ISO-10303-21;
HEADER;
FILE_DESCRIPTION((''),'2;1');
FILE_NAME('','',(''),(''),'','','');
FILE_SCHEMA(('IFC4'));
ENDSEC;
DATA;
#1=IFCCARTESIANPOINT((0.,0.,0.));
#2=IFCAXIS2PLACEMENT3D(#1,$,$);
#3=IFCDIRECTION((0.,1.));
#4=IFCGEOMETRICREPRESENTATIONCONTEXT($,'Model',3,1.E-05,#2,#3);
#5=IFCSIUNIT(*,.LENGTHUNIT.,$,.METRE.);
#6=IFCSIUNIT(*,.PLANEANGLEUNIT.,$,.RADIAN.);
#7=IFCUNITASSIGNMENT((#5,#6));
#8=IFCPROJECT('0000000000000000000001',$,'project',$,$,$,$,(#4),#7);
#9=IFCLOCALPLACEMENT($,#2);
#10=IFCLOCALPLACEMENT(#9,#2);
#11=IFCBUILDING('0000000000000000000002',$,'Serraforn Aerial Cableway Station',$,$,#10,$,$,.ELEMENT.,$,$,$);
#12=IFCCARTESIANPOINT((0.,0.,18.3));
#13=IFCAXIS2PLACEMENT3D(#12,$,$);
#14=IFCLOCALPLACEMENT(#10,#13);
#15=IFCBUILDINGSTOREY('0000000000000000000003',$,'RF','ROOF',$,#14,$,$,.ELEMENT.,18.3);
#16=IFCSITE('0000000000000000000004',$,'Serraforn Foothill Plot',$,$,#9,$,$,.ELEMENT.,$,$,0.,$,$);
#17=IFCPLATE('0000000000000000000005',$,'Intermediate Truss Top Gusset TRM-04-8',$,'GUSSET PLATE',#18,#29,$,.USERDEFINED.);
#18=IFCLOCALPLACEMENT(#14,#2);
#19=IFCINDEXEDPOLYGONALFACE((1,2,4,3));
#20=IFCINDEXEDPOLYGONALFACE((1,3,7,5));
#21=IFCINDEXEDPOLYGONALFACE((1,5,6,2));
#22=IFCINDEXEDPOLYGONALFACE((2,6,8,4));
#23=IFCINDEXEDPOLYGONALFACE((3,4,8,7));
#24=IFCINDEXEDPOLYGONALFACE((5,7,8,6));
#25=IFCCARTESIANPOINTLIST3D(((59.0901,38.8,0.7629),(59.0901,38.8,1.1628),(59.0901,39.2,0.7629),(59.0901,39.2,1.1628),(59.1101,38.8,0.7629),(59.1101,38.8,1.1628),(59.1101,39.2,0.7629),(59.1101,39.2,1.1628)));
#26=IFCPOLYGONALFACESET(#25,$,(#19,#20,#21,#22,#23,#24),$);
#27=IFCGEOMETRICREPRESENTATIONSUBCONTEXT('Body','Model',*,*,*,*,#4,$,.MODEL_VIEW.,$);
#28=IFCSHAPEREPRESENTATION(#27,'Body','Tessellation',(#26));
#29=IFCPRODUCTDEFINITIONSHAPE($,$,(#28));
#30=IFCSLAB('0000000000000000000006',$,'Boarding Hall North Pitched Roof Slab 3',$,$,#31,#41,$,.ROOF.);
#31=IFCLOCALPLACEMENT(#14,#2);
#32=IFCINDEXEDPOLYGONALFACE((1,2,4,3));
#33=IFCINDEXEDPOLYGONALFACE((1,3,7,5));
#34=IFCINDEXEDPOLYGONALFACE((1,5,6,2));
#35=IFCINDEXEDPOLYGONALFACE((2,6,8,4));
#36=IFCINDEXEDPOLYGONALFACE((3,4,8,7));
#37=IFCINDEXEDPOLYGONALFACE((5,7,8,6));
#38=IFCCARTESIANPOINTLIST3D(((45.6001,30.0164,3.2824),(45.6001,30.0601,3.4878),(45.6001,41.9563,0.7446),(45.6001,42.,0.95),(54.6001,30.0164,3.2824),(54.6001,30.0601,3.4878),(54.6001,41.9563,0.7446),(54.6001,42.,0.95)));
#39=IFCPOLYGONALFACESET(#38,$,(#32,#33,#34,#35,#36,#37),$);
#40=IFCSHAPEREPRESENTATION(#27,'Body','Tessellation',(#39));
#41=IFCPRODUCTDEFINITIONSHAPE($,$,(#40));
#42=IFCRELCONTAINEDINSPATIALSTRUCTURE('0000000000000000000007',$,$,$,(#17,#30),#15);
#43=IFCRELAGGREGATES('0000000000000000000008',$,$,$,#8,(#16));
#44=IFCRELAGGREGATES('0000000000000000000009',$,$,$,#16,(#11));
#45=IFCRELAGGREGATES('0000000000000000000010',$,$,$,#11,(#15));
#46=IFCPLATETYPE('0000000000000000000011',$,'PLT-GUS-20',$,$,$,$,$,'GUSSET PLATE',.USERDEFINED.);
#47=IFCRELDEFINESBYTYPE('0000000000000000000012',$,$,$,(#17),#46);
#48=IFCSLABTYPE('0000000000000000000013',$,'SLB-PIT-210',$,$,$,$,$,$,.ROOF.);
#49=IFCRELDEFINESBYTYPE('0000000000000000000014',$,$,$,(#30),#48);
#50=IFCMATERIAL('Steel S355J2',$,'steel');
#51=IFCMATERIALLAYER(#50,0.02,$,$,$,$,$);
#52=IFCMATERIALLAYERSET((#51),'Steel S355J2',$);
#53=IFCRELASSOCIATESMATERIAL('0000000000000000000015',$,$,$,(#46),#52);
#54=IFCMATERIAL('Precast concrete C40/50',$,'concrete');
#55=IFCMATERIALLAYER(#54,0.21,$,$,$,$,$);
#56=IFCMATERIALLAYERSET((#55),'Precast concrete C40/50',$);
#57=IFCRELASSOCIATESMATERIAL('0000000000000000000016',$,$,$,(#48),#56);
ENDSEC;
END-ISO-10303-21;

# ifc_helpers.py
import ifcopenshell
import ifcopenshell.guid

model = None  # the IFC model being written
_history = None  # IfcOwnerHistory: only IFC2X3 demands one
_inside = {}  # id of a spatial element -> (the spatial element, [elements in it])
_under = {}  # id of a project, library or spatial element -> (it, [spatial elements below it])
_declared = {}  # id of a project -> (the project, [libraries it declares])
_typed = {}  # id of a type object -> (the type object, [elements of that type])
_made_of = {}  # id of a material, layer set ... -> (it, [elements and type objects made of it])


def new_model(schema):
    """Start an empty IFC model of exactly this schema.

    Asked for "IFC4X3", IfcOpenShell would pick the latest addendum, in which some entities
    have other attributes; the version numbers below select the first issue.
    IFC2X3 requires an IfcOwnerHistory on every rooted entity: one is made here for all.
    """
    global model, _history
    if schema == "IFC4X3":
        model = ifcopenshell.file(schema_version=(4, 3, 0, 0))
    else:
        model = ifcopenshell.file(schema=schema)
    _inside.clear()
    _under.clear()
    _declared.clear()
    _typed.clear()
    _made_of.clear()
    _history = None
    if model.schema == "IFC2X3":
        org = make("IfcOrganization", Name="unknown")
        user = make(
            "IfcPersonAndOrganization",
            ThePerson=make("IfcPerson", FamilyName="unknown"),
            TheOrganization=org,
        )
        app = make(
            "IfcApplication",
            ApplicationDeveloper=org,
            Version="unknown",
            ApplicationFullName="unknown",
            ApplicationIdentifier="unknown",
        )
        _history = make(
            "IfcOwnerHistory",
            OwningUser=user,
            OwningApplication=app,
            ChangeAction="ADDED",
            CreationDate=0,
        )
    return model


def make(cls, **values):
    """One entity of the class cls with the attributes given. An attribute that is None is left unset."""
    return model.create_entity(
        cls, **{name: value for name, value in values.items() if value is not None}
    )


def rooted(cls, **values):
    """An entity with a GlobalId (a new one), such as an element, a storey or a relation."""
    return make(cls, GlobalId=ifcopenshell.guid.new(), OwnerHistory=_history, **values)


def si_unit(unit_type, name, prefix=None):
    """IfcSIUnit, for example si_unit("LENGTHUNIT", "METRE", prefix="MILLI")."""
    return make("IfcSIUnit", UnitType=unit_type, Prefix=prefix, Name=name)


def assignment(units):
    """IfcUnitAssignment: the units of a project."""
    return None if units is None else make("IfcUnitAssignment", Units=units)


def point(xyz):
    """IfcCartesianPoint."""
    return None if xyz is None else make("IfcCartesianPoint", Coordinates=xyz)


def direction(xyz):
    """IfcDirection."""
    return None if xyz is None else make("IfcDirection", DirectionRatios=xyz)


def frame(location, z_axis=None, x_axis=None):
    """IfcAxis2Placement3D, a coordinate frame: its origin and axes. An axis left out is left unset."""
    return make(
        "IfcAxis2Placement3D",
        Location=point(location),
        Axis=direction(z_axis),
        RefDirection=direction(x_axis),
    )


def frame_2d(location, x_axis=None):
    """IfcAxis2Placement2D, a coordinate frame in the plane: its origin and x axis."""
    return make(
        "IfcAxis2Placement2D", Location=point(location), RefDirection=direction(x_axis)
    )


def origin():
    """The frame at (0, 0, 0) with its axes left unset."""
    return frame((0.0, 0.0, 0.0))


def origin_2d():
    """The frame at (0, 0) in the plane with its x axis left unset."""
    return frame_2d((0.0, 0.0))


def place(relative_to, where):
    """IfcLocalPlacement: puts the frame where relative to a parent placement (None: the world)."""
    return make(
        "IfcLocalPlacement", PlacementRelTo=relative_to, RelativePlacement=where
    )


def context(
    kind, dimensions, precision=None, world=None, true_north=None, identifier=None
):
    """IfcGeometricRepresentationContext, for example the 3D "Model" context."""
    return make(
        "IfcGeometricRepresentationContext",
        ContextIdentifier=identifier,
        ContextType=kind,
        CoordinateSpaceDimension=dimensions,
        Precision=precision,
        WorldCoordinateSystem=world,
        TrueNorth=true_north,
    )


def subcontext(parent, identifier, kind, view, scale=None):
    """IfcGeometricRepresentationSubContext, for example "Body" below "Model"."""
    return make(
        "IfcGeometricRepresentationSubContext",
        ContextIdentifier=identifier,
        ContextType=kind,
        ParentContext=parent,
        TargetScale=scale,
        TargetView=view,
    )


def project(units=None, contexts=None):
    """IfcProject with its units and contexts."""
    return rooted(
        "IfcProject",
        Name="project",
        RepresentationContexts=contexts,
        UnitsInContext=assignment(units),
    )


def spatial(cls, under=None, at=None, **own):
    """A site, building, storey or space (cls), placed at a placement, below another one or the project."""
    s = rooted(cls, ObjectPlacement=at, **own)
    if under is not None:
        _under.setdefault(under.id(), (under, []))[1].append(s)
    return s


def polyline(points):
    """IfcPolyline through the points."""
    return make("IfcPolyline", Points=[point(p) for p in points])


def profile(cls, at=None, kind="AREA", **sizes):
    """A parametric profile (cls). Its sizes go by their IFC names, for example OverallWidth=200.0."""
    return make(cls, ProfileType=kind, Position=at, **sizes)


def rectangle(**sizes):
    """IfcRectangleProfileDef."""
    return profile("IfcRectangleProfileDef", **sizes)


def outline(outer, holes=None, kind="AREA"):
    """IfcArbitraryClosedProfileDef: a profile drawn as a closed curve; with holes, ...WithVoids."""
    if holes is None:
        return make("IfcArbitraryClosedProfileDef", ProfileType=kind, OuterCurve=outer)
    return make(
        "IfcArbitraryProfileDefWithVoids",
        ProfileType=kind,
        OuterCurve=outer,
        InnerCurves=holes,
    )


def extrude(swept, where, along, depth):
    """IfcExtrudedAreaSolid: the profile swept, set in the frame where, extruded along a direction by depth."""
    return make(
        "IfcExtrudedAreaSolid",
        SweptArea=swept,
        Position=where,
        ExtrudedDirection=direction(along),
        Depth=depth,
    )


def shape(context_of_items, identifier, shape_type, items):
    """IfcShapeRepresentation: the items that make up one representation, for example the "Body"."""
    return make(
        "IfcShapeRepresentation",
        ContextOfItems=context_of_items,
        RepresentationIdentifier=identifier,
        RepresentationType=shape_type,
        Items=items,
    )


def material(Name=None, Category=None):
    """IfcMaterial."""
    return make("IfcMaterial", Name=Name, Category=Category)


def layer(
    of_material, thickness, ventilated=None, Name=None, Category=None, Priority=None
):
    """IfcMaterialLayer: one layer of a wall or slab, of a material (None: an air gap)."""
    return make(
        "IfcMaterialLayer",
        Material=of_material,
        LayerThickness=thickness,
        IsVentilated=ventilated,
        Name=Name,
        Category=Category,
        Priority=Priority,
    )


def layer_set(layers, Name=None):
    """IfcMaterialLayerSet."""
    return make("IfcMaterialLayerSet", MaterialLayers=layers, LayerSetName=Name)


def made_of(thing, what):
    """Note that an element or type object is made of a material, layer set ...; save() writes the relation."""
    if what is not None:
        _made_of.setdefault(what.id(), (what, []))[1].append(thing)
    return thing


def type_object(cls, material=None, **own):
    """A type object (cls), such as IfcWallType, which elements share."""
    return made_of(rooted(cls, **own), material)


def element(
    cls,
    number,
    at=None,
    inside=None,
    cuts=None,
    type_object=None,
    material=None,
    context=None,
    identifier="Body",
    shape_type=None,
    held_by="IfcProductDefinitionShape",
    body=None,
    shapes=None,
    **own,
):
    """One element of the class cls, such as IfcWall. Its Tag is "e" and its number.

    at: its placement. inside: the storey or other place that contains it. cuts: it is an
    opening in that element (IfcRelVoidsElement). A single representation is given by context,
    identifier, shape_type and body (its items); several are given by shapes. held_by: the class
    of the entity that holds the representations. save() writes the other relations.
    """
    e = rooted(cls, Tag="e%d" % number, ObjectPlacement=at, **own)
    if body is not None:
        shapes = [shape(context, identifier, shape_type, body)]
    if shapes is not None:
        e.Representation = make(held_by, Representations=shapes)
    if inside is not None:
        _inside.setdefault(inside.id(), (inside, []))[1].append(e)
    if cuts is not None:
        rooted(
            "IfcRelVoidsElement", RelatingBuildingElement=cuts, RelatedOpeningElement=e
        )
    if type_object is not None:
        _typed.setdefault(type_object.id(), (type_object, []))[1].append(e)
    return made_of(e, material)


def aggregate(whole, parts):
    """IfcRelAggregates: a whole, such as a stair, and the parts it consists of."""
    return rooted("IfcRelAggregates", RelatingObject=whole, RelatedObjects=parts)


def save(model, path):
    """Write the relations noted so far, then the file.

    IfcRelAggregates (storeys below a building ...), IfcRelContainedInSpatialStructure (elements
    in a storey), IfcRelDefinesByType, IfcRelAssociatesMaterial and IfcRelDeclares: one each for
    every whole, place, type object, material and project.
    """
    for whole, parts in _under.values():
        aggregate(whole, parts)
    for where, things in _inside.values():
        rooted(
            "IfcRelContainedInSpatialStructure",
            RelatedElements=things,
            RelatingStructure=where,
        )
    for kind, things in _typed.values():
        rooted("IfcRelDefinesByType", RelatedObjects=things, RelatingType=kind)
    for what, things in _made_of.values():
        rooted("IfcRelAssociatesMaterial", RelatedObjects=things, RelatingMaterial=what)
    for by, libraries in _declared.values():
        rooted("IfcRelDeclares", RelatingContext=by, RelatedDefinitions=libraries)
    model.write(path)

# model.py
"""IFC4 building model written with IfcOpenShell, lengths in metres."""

from ifc_helpers import new_model, si_unit, direction, frame, origin, origin_2d, place, context, subcontext, project, spatial, polyline, rectangle, outline, extrude, material, layer, layer_set, type_object, element, save


model = new_model("IFC4")

# Units and contexts
model_context = context("Model", 3, precision=1e-05, world=origin(), true_north=direction((0.0, 1.0)))
body_context = subcontext(model_context, "Body", "Model", "MODEL_VIEW")
ifc_project = project(units=[si_unit("LENGTHUNIT", "METRE"), si_unit("PLANEANGLEUNIT", "RADIAN")], contexts=[model_context])

# Site, building, storey
site_placement = place(None, origin())
site = spatial("IfcSite", under=ifc_project, at=site_placement, Name="Serraforn Foothill Plot", CompositionType="ELEMENT", RefElevation=0.0)
building_placement = place(site_placement, origin())
building = spatial("IfcBuilding", under=site, at=building_placement, Name="Serraforn Aerial Cableway Station", CompositionType="ELEMENT")
storey_placement = place(building_placement, frame((0.0, 0.0, 18.3)))
storey = spatial("IfcBuildingStorey", under=building, at=storey_placement, Name="RF", Description="ROOF", CompositionType="ELEMENT", Elevation=18.3)

# Shared definitions
ifc_material_1 = material(Name="Steel S355J2", Category="steel")

# Plate
ifc_layer_1 = layer(ifc_material_1, 0.02)
ifc_layer_set_1 = layer_set([ifc_layer_1], Name="Steel S355J2")
plate_type_1 = type_object("IfcPlateType", Name="PLT-GUS-20", ElementType="GUSSET PLATE", PredefinedType="USERDEFINED", material=ifc_layer_set_1)
plate_1_placement = place(storey_placement, frame((59.1001, 39.0, 0.7629), z_axis=(0.0, 0.0, 1.0), x_axis=(1.0, 0.0, 0.0)))
element("IfcPlate", 1, at=plate_1_placement, inside=storey, type_object=plate_type_1, Name="Intermediate Truss Top Gusset TRM-04-8", ObjectType="GUSSET PLATE", PredefinedType="USERDEFINED", context=body_context, shape_type="SweptSolid", body=[
    extrude(rectangle(XDim=0.02, YDim=0.3999, at=origin_2d()), origin(), (0.0, 0.0, 1.0), 0.3999),
])

# Slab
ifc_material_2 = material(Name="Precast concrete C40/50", Category="concrete")
ifc_layer_2 = layer(ifc_material_2, 0.21)
ifc_layer_set_2 = layer_set([ifc_layer_2], Name="Precast concrete C40/50")
slab_type = type_object("IfcSlabType", Name="SLB-PIT-210", PredefinedType="ROOF", material=ifc_layer_set_2)
slab_placement = place(storey_placement, frame((54.6001, 42.0, 0.95), z_axis=(0.0, 0.207906, 0.978149), x_axis=(-1.0, 0.0, 0.0)))
element("IfcSlab", 2, at=slab_placement, inside=storey, type_object=slab_type, Name="Boarding Hall North Pitched Roof Slab 3", PredefinedType="ROOF", context=body_context, shape_type="SweptSolid", body=[
    extrude(outline(polyline([(0.0, 0.0), (9.0, 0.0), (9.0, 12.2067), (0.0, 12.2067), (0.0, 0.0)])), origin(), (0.0, 0.0, -1.0), 0.21),
])

save(model, "model.ifc")
